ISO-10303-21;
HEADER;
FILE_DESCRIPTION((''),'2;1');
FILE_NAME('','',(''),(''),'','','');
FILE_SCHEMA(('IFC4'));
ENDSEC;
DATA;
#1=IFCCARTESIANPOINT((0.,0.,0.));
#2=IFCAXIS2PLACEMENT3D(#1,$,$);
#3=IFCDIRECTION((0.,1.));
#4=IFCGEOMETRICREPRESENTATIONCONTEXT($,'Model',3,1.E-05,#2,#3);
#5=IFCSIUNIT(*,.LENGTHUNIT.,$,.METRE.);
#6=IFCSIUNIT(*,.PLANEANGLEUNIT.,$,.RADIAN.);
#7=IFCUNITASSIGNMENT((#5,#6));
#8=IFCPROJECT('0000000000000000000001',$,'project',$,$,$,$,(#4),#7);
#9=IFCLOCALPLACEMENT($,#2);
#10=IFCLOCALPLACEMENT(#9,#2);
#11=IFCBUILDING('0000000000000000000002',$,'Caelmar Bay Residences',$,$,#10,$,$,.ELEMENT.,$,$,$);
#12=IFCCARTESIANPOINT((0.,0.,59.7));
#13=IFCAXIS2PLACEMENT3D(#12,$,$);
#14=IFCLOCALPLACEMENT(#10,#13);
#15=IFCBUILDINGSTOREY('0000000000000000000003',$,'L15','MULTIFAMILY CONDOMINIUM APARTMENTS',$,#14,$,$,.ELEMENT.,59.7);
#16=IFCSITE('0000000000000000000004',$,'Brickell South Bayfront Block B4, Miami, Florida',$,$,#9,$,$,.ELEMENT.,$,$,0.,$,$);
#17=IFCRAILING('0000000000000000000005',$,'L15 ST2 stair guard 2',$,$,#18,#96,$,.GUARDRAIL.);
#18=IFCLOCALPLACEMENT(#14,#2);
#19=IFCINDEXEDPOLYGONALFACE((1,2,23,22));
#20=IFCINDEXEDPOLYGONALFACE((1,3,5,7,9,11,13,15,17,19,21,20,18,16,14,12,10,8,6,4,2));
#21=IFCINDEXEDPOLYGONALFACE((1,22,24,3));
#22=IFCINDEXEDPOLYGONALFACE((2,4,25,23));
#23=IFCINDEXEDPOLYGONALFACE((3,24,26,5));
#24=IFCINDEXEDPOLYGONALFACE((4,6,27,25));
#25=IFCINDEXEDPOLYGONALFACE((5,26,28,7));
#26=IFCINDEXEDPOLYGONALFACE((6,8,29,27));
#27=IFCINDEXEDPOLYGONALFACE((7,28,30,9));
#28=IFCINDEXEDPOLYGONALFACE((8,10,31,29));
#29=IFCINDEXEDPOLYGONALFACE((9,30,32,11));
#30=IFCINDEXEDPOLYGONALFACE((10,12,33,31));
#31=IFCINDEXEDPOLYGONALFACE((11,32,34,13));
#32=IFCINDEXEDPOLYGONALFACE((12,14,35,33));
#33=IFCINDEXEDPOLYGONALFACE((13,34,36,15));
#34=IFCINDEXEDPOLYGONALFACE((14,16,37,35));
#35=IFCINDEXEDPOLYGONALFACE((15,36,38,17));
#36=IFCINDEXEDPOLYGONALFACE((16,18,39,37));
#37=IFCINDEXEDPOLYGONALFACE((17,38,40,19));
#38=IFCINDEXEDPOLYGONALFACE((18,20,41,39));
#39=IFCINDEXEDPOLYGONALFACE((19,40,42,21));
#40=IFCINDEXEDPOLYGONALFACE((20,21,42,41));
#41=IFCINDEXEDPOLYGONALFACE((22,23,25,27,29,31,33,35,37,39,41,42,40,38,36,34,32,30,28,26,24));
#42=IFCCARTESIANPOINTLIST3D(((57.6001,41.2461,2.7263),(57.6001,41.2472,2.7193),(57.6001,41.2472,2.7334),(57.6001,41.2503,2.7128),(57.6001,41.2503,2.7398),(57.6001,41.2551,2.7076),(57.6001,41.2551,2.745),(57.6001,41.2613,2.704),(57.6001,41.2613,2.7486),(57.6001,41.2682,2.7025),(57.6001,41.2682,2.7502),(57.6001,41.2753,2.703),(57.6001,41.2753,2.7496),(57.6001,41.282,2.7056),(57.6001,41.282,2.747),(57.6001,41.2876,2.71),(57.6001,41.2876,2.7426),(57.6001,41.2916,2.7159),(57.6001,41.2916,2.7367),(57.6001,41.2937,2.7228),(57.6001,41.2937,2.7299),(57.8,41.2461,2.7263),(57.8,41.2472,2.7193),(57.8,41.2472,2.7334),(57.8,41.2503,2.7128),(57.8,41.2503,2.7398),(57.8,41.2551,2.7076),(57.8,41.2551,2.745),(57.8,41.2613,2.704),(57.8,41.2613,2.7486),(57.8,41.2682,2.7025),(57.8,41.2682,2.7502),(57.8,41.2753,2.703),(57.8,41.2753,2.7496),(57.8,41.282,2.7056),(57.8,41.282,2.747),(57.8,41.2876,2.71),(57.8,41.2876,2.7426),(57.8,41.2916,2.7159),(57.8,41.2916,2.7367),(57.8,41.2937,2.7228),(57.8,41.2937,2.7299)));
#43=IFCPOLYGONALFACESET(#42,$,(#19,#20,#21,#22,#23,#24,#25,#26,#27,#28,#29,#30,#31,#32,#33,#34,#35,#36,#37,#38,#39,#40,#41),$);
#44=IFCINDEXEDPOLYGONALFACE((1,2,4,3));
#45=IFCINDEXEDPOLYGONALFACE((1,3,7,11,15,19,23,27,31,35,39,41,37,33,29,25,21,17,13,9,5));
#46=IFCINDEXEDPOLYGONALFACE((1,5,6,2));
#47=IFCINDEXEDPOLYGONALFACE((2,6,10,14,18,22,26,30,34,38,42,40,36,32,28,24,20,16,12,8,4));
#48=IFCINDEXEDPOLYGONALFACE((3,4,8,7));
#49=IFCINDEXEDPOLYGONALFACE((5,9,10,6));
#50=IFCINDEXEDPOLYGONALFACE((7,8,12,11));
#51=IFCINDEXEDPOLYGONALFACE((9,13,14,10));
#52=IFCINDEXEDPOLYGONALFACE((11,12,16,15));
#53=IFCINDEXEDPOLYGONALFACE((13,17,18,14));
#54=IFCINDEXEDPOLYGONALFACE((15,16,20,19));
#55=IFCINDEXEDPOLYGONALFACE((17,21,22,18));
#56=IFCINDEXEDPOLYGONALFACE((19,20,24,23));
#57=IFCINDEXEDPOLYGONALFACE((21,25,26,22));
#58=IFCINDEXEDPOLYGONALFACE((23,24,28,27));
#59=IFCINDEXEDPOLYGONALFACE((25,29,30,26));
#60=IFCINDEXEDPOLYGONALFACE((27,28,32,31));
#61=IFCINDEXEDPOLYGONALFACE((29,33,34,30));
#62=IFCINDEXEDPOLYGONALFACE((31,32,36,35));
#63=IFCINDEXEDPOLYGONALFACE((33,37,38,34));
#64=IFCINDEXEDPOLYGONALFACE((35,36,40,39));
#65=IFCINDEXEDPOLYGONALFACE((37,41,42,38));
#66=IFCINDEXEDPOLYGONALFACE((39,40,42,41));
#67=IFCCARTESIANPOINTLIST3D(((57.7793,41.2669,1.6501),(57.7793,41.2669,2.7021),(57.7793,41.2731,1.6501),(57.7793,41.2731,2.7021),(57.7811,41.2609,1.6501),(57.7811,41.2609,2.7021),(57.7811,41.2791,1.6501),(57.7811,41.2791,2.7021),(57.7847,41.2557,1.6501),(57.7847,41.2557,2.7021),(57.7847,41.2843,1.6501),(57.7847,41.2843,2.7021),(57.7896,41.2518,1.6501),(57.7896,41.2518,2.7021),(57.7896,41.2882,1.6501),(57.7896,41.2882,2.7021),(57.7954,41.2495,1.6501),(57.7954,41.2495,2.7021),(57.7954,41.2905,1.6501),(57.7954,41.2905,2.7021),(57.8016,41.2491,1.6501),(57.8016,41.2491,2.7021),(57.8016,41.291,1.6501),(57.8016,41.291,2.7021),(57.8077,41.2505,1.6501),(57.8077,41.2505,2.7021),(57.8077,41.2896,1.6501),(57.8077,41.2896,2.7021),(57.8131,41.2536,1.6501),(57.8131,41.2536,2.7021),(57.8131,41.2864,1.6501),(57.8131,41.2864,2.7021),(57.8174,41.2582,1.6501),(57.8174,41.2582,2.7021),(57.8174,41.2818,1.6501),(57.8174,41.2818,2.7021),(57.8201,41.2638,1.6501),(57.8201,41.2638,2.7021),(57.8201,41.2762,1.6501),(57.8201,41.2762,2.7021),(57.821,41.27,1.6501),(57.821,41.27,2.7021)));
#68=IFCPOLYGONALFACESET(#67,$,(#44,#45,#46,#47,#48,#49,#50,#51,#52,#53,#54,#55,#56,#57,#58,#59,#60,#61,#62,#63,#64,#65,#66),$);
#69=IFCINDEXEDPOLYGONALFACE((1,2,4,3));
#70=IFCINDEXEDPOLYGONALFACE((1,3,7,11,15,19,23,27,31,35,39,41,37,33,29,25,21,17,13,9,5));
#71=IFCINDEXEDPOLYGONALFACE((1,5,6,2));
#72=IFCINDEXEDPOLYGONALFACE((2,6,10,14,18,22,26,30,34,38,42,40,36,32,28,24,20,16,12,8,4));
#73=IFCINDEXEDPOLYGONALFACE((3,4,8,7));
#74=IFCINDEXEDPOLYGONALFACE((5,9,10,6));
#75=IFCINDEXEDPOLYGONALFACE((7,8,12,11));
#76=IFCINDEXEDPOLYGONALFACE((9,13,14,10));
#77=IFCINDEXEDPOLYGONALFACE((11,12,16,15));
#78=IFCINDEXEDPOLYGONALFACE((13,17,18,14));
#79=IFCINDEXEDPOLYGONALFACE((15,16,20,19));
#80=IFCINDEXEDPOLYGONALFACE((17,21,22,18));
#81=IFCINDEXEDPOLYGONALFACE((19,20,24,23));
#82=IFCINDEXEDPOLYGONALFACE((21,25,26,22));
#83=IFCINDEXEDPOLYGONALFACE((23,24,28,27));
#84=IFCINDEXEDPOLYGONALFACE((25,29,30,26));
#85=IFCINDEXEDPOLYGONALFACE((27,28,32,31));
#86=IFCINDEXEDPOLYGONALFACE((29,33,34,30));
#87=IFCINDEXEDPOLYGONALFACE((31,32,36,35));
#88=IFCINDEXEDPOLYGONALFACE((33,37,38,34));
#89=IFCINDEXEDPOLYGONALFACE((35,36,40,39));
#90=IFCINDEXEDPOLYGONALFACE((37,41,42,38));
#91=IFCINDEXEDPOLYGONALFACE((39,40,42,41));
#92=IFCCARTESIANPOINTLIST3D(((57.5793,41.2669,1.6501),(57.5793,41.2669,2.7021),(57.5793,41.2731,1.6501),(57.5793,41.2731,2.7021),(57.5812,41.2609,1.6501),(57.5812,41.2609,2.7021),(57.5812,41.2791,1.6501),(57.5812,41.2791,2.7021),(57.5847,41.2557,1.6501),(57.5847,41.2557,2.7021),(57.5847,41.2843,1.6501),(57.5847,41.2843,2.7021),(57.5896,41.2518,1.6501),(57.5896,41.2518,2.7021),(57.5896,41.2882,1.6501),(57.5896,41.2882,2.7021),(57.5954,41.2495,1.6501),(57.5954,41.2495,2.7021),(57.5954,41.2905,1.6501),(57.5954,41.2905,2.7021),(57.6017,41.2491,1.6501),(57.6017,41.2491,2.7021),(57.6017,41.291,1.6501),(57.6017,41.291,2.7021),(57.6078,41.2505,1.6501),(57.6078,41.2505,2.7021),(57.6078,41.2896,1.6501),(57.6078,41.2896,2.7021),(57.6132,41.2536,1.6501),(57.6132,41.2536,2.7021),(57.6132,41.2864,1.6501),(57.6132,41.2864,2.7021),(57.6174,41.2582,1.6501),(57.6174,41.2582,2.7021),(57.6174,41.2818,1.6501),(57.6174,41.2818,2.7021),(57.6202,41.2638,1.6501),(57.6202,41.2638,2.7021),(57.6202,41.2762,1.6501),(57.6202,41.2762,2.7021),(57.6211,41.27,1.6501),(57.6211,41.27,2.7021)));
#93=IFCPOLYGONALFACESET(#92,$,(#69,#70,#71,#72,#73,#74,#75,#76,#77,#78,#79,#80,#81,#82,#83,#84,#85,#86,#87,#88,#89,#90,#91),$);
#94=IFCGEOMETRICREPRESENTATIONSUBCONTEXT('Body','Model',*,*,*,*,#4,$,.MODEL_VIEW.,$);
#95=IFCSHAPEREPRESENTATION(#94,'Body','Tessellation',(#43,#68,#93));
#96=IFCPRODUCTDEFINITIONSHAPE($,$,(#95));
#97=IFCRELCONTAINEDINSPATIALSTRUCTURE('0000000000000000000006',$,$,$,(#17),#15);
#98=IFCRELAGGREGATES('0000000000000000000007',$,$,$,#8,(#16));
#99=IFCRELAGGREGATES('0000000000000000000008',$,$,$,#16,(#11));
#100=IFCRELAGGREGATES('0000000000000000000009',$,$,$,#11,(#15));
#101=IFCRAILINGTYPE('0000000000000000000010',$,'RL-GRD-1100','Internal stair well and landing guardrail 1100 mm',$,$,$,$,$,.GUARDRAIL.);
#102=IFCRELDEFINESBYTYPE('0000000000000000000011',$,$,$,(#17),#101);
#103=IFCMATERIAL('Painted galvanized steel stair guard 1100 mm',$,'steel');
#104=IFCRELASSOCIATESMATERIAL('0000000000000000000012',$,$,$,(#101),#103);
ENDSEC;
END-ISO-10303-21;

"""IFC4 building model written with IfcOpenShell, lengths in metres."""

from ifc_helpers import new_model, si_unit, direction, frame, origin, origin_2d, place, context, subcontext, project, spatial, circle, extrude, material, type_object, element, save


model = new_model("IFC4")

# Units and contexts
model_context = context("Model", 3, precision=1e-05, world=origin(), true_north=direction((0.0, 1.0)))
body_context = subcontext(model_context, "Body", "Model", "MODEL_VIEW")
ifc_project = project(units=[si_unit("LENGTHUNIT", "METRE"), si_unit("PLANEANGLEUNIT", "RADIAN")], contexts=[model_context])

# Site, building, storey
site_placement = place(None, origin())
site = spatial("IfcSite", under=ifc_project, at=site_placement, Name="Brickell South Bayfront Block B4, Miami, Florida", CompositionType="ELEMENT", RefElevation=0.0)
building_placement = place(site_placement, origin())
building = spatial("IfcBuilding", under=site, at=building_placement, Name="Caelmar Bay Residences", CompositionType="ELEMENT")
storey_placement = place(building_placement, frame((0.0, 0.0, 59.7)))
storey = spatial("IfcBuildingStorey", under=building, at=storey_placement, Name="L15", Description="MULTIFAMILY CONDOMINIUM APARTMENTS", CompositionType="ELEMENT", Elevation=59.7)

# Railing
ifc_material_1 = material(Name="Painted galvanized steel stair guard 1100 mm", Category="steel")
railing_type_1 = type_object("IfcRailingType", Name="RL-GRD-1100", Description="Internal stair well and landing guardrail 1100 mm", PredefinedType="GUARDRAIL", material=ifc_material_1)
railing_1_placement = place(storey_placement, frame((57.8, 41.27, 1.6501)))
element("IfcRailing", 1, at=railing_1_placement, inside=storey, type_object=railing_type_1, Name="L15 ST2 stair guard 2", PredefinedType="GUARDRAIL", context=body_context, shape_type="SweptSolid", body=[
    extrude(circle(Radius=0.0239, at=origin_2d()), frame((0.0, 0.0, 1.0762), z_axis=(-1.0, 0.0, 0.0), x_axis=(0.0, -1.0, 0.0)), (0.0, 0.0, 1.0), 0.2),
    extrude(circle(Radius=0.021, at=origin_2d()), origin(), (0.0, 0.0, 1.0), 1.052),
    extrude(circle(Radius=0.021, at=origin_2d()), frame((-0.2, 0.0, 0.0)), (0.0, 0.0, 1.0), 1.052),
])

save(model, "model.ifc")
